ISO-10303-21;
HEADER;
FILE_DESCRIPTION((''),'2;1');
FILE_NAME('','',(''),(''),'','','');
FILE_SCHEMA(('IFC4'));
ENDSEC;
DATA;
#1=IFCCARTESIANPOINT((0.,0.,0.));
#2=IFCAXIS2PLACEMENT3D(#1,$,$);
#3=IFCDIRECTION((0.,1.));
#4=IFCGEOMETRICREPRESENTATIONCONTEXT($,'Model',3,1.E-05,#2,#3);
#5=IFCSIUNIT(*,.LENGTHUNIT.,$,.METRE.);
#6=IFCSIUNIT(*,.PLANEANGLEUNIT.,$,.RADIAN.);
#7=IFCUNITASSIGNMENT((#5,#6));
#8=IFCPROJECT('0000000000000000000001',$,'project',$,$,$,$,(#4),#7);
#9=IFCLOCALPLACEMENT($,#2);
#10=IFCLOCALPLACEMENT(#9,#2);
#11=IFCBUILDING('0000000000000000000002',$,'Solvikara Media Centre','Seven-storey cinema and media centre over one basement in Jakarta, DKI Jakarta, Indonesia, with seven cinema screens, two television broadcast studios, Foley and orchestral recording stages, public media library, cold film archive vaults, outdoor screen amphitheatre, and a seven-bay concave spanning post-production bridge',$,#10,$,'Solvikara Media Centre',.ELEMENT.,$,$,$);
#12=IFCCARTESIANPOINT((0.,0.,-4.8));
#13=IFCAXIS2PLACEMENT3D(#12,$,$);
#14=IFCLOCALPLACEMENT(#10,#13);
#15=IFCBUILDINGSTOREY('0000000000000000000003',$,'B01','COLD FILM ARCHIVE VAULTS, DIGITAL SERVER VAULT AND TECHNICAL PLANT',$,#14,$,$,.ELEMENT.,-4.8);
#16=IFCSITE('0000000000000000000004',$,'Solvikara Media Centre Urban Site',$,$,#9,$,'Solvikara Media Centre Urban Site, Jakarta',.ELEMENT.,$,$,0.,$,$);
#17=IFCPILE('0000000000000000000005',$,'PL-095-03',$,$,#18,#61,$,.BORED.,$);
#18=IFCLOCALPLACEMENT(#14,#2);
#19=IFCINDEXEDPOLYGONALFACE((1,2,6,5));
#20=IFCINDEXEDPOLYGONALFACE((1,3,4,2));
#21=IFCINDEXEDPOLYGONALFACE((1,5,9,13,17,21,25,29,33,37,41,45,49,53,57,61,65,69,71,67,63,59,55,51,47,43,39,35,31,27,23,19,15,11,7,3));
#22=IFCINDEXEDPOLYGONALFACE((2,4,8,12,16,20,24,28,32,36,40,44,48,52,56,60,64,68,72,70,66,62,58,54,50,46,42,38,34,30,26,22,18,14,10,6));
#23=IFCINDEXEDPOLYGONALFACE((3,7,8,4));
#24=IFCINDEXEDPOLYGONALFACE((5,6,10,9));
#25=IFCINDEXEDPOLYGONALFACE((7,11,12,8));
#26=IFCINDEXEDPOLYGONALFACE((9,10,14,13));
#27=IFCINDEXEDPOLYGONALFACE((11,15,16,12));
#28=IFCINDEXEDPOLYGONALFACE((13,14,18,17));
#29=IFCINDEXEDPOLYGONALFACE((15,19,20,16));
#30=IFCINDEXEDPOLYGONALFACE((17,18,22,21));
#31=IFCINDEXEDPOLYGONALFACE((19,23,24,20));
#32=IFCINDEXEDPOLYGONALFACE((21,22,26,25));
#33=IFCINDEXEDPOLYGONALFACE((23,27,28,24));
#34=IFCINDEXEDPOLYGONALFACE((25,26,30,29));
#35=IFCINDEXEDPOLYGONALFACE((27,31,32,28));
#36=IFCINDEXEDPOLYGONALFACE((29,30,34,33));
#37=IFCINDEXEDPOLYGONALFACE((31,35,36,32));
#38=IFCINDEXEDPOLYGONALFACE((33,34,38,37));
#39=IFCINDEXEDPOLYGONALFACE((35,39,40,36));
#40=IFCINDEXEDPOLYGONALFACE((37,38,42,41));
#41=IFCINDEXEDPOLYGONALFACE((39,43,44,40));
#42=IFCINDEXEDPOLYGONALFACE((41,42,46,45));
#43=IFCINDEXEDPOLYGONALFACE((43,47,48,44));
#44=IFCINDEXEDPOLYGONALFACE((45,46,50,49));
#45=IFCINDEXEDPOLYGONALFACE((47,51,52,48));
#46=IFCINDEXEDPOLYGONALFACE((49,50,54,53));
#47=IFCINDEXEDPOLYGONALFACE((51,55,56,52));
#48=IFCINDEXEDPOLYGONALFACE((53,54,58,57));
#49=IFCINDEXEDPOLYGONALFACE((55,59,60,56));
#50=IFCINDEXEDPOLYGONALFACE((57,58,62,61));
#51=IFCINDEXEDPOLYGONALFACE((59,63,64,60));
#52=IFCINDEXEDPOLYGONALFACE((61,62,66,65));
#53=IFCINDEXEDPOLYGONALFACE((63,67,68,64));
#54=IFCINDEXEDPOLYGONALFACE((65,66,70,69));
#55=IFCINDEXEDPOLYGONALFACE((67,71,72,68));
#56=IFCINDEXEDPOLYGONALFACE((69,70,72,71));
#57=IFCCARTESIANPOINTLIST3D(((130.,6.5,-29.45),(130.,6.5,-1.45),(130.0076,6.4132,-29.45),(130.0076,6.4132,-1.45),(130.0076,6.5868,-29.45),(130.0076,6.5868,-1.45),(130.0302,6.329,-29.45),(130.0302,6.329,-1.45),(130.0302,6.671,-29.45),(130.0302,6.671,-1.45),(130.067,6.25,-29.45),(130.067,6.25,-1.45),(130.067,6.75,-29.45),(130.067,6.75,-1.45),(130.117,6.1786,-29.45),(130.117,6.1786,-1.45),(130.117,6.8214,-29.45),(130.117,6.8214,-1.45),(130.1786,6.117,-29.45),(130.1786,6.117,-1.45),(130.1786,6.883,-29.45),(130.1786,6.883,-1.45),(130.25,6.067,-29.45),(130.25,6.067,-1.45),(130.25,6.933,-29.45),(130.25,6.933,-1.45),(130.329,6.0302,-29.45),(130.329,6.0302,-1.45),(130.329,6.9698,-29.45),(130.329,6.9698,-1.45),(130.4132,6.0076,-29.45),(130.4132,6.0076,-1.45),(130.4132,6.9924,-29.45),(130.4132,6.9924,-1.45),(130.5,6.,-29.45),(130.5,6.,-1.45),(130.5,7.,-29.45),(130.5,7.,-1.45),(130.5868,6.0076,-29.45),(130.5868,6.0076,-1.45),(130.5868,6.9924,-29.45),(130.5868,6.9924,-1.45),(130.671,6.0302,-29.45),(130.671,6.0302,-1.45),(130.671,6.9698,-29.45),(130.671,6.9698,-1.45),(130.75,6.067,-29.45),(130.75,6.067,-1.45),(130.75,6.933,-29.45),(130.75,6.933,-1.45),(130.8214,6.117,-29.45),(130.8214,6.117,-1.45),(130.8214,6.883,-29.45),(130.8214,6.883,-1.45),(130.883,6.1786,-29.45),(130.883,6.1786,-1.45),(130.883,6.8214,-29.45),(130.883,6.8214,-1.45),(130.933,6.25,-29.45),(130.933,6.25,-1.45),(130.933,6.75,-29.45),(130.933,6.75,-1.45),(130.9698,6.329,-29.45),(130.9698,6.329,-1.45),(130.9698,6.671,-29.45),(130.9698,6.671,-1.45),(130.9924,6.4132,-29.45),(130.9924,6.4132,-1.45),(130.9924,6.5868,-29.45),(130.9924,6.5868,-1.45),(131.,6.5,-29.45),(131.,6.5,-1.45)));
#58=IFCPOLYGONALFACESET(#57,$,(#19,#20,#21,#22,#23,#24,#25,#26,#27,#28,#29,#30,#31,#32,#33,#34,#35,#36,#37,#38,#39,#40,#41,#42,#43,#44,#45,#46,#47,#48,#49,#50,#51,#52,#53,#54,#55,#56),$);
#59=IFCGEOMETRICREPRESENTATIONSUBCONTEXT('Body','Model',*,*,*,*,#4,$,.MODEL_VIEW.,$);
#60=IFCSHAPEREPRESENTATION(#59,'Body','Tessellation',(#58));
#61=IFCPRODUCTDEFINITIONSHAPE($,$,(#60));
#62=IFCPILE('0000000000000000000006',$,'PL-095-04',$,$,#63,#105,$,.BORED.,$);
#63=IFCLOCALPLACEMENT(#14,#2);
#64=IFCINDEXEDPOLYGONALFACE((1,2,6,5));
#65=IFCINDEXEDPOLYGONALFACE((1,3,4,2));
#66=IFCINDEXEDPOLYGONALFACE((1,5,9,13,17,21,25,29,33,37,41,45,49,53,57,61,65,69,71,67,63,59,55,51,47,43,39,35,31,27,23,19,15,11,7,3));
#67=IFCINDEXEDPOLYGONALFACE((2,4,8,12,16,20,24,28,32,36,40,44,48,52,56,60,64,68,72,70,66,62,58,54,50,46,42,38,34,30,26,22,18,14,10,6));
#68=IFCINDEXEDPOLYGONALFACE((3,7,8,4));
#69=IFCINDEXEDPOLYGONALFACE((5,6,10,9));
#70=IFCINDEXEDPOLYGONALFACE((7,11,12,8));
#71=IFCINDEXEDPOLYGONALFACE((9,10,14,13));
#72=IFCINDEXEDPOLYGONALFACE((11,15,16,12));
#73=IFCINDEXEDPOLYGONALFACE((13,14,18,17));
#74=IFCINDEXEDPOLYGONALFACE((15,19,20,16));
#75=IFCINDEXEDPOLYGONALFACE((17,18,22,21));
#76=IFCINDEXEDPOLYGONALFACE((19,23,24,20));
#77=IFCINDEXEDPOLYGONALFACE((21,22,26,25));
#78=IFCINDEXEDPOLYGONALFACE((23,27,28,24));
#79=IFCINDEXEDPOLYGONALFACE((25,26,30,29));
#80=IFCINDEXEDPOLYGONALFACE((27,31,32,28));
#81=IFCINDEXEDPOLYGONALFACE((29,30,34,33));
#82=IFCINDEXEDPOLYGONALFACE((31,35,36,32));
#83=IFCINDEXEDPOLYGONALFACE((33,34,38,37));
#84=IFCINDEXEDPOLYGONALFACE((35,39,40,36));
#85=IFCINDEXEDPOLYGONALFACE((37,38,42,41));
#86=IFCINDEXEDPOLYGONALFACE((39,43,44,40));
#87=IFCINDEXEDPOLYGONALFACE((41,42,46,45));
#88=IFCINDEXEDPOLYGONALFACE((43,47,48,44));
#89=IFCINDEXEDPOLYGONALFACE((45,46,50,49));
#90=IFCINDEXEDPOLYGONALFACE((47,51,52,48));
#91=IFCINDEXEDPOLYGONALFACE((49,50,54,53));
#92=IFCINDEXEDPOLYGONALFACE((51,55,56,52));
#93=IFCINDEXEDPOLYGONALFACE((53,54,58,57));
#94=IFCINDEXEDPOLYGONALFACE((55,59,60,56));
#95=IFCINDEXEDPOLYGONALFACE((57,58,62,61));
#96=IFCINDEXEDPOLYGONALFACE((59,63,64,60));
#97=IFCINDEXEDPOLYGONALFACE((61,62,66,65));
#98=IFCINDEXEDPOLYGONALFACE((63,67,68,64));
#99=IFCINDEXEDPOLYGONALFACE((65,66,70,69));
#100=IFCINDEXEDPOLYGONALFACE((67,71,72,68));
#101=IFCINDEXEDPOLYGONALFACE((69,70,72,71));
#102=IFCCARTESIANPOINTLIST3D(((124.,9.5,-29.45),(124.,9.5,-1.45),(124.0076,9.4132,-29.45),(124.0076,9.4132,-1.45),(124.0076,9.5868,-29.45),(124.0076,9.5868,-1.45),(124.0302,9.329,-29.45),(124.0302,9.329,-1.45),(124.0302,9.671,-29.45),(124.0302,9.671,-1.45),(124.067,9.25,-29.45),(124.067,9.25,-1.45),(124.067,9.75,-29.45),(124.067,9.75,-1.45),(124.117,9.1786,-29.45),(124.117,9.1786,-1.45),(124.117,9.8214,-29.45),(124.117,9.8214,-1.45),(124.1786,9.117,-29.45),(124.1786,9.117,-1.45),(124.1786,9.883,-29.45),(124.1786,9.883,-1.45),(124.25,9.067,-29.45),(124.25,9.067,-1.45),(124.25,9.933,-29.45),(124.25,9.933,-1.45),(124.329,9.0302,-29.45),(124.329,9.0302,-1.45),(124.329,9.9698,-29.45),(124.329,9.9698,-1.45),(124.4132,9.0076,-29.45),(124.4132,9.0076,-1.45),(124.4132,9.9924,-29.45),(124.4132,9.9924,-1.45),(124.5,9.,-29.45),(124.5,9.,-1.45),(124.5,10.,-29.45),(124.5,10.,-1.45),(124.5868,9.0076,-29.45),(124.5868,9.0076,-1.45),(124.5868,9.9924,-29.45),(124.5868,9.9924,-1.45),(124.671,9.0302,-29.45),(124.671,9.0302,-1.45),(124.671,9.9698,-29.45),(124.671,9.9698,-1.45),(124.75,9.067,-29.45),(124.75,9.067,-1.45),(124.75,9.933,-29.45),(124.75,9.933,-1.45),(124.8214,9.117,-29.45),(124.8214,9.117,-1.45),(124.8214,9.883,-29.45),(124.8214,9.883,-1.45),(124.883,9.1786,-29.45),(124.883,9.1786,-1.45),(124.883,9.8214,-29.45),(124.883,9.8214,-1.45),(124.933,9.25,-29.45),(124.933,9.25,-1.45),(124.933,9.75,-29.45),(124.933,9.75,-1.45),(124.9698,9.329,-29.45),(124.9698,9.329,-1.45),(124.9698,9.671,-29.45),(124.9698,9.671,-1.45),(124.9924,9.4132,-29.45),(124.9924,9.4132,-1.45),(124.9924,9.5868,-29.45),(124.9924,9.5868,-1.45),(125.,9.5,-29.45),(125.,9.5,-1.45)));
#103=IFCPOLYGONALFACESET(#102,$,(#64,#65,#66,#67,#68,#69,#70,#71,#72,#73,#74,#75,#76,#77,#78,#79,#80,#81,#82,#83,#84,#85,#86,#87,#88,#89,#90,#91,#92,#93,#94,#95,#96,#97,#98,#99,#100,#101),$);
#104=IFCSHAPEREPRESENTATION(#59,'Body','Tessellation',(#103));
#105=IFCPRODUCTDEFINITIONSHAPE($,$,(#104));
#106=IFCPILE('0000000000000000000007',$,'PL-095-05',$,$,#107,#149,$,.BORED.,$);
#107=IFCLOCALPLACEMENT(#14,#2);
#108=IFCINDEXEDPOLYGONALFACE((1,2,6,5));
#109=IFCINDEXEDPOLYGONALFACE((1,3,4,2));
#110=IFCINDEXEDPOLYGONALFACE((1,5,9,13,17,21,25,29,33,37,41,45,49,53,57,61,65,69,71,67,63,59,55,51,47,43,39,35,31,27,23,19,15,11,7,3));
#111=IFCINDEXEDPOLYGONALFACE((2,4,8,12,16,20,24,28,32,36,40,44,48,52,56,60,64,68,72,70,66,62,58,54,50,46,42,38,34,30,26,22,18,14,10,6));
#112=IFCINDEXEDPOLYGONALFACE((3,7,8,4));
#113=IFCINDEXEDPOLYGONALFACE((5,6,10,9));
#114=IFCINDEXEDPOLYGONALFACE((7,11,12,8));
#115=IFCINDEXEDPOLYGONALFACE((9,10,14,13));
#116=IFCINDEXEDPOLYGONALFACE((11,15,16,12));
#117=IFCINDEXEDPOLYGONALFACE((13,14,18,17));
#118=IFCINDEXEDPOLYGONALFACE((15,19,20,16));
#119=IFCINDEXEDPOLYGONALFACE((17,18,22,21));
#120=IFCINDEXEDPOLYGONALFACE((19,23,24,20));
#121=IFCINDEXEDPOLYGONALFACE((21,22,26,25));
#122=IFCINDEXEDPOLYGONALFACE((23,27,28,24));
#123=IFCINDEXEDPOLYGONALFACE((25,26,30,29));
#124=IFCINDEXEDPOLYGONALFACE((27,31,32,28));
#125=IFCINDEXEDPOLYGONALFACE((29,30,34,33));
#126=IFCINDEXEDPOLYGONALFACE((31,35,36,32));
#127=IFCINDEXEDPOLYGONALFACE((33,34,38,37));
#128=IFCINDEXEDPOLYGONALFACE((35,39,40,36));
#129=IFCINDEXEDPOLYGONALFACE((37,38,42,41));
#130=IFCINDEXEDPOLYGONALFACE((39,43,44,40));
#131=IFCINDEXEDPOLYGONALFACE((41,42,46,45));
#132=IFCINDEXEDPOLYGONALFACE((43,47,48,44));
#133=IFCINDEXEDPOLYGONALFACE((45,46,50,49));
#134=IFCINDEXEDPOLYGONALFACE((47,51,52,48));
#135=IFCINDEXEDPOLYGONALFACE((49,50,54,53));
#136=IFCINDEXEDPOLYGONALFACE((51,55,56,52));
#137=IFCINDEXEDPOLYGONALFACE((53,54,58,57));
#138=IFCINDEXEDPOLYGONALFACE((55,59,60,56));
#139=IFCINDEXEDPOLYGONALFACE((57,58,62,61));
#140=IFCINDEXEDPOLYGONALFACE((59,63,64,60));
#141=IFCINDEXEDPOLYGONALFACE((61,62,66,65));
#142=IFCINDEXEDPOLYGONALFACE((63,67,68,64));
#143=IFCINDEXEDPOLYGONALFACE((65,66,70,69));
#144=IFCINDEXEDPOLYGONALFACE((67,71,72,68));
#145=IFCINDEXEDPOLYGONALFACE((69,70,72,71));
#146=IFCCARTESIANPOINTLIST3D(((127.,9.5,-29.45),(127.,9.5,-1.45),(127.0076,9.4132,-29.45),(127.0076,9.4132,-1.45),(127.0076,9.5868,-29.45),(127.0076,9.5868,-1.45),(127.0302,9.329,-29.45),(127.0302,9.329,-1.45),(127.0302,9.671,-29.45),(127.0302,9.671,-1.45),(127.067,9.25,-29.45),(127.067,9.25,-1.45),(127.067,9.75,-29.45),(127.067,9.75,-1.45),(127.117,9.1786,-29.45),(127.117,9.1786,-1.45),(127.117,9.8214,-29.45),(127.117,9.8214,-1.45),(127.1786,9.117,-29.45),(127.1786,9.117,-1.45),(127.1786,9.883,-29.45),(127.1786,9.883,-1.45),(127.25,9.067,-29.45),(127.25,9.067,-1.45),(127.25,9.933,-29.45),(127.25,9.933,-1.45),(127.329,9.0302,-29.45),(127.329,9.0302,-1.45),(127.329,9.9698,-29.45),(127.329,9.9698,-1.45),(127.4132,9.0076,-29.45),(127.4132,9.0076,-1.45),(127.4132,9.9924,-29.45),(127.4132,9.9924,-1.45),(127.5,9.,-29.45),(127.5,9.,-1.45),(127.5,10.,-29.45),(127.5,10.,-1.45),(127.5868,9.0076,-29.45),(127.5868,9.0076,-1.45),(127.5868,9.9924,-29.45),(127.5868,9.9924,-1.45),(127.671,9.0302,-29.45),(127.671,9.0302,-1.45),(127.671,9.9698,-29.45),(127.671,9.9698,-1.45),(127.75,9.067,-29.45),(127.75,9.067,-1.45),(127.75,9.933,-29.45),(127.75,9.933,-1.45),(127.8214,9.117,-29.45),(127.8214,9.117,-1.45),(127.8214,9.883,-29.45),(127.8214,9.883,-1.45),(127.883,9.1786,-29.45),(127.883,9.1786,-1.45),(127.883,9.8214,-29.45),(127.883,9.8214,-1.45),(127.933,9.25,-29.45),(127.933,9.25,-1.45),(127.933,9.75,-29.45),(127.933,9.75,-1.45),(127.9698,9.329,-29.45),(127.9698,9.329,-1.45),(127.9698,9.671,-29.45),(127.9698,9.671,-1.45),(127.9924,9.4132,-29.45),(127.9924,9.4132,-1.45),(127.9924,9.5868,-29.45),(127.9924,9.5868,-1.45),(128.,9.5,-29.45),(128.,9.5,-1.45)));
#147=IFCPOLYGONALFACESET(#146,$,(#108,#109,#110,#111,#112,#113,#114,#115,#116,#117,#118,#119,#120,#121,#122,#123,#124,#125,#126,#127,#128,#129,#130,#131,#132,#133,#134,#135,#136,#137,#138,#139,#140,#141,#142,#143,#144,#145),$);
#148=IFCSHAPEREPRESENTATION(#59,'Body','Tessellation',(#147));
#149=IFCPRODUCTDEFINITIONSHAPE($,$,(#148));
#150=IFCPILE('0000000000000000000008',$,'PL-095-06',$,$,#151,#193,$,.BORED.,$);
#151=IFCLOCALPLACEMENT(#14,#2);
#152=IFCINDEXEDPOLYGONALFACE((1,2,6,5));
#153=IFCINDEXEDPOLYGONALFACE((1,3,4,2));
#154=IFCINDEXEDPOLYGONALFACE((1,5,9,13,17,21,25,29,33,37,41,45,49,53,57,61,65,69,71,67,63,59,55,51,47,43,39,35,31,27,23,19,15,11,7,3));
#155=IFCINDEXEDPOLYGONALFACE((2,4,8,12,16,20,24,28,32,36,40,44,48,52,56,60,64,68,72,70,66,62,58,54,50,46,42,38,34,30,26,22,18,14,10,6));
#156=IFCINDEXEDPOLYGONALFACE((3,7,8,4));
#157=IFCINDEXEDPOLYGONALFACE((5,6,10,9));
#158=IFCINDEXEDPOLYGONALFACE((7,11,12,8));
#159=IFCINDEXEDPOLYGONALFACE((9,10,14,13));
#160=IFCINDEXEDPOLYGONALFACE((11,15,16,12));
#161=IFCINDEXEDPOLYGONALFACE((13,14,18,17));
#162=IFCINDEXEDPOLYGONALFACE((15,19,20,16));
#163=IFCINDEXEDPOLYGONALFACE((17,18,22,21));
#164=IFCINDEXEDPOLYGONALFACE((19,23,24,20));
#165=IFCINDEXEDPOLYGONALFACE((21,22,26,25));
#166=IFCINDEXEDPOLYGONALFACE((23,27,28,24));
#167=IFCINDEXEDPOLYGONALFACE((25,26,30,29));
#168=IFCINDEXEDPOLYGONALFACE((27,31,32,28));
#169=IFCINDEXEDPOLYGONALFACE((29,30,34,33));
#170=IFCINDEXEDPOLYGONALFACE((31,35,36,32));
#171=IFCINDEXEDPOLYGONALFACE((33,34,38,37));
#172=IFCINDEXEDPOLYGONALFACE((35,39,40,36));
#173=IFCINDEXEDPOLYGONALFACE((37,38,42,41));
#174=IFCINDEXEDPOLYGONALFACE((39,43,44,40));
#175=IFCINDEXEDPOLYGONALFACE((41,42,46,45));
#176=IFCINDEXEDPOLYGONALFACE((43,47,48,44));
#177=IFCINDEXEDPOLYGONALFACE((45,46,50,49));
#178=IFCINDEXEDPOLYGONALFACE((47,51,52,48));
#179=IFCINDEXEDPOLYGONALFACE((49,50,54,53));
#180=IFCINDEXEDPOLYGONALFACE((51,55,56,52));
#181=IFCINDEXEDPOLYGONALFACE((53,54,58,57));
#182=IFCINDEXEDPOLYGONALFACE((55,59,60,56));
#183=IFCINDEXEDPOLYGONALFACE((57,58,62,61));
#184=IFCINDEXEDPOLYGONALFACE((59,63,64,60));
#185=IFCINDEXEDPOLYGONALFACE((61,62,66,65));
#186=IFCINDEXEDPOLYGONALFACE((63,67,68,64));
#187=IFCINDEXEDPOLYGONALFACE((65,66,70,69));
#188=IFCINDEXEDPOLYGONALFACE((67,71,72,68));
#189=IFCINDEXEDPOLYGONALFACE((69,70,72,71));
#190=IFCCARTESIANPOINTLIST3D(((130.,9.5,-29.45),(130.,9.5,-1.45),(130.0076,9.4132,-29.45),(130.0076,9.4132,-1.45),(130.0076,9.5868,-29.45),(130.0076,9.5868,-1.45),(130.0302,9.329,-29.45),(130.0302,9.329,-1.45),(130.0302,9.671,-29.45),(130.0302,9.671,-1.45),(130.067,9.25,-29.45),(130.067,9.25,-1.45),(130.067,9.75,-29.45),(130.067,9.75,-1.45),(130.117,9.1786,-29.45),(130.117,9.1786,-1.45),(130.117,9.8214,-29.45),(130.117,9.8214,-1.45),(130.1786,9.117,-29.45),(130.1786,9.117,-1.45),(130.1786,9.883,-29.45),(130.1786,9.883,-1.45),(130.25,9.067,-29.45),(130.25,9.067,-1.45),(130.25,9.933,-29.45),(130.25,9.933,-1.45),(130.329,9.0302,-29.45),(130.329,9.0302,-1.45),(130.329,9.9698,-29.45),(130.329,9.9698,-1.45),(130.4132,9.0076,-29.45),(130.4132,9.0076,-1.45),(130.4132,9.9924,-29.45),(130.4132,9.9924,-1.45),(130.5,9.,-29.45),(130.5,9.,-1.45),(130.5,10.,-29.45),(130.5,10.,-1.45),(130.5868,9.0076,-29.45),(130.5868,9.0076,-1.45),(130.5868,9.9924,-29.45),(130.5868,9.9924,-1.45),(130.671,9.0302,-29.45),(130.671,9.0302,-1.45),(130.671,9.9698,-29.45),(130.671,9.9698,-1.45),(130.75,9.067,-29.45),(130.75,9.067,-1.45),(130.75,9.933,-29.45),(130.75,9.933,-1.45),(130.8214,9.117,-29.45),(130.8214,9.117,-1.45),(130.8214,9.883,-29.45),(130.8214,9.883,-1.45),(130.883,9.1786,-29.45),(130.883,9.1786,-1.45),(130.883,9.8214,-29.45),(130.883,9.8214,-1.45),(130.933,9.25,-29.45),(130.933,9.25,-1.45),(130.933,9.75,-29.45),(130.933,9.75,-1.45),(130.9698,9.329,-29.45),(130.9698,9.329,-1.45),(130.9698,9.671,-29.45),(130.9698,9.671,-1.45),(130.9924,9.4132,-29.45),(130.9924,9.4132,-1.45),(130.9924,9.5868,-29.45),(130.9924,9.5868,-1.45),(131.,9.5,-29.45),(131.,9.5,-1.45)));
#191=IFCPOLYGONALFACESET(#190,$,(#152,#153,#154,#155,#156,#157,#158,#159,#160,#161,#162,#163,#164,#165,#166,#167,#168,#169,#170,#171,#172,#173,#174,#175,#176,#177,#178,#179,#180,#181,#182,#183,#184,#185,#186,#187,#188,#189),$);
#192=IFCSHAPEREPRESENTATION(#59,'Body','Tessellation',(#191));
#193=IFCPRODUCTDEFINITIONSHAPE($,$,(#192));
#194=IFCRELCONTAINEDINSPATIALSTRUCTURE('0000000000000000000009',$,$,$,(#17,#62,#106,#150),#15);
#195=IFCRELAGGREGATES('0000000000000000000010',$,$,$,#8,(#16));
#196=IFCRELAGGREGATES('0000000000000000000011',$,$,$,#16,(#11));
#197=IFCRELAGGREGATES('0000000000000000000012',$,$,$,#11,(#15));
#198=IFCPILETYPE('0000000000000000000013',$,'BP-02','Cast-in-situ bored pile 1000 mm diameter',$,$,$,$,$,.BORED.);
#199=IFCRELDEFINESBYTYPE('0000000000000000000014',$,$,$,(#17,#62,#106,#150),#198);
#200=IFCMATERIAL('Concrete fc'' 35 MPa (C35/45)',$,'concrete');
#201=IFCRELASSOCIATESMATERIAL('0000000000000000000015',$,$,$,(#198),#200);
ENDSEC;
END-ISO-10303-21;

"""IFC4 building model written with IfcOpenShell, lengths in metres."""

from ifc_helpers import new_model, si_unit, direction, frame, origin, origin_2d, place, context, subcontext, project, spatial, circle, extrude, material, material_profile, profile_set, type_object, element, save


model = new_model("IFC4")

# Units and contexts
model_context = context("Model", 3, precision=1e-05, world=origin(), true_north=direction((0.0, 1.0)))
body_context = subcontext(model_context, "Body", "Model", "MODEL_VIEW")
ifc_project = project(units=[si_unit("LENGTHUNIT", "METRE"), si_unit("PLANEANGLEUNIT", "RADIAN")], contexts=[model_context])

# Site, building, storey
site_placement = place(None, origin())
site = spatial("IfcSite", under=ifc_project, at=site_placement, Name="Solvikara Media Centre Urban Site", LongName="Solvikara Media Centre Urban Site, Jakarta", CompositionType="ELEMENT", RefElevation=0.0)
building_placement = place(site_placement, origin())
building = spatial("IfcBuilding", under=site, at=building_placement, Name="Solvikara Media Centre", Description="Seven-storey cinema and media centre over one basement in Jakarta, DKI Jakarta, Indonesia, with seven cinema screens, two television broadcast studios, Foley and orchestral recording stages, public media library, cold film archive vaults, outdoor screen amphitheatre, and a seven-bay concave spanning post-production bridge", LongName="Solvikara Media Centre", CompositionType="ELEMENT")
storey_placement = place(building_placement, frame((0.0, 0.0, -4.8)))
storey = spatial("IfcBuildingStorey", under=building, at=storey_placement, Name="B01", Description="COLD FILM ARCHIVE VAULTS, DIGITAL SERVER VAULT AND TECHNICAL PLANT", CompositionType="ELEMENT", Elevation=-4.8)

# Piles
ifc_material_1 = material(Name="Concrete fc' 35 MPa (C35/45)", Category="concrete")
ifc_material_profile_1 = material_profile(ifc_material_1, circle(Radius=0.5, at=origin_2d()), Name="BORED PILE D1000")
ifc_profile_set_1 = profile_set([ifc_material_profile_1], Name="Concrete fc' 35 MPa (C35/45)")
pile_type = type_object("IfcPileType", Name="BP-02", Description="Cast-in-situ bored pile 1000 mm diameter", PredefinedType="BORED", material=ifc_profile_set_1)
for number, where, z_axis, x_axis, name in (
    (1, (130.5, 6.5, -1.45), (0.0, 0.0, -1.0), (1.0, 0.0, 0.0), "PL-095-03"),
    (2, (124.5, 9.5, -1.45), (0.0, 0.0, -1.0), (1.0, 0.0, 0.0), "PL-095-04"),
    (3, (127.5, 9.5, -1.45), (0.0, 0.0, -1.0), (1.0, 0.0, 0.0), "PL-095-05"),
    (4, (130.5, 9.5, -1.45), (0.0, 0.0, -1.0), (1.0, 0.0, 0.0), "PL-095-06"),
):
    element("IfcPile", number, at=place(storey_placement, frame(where, z_axis=z_axis, x_axis=x_axis)), inside=storey, type_object=pile_type, Name=name, PredefinedType="BORED", context=body_context, shape_type="SweptSolid", body=[
        extrude(circle(Radius=0.5, at=origin_2d()), origin(), (0.0, 0.0, 1.0), 28.0),
    ])

save(model, "model.ifc")
